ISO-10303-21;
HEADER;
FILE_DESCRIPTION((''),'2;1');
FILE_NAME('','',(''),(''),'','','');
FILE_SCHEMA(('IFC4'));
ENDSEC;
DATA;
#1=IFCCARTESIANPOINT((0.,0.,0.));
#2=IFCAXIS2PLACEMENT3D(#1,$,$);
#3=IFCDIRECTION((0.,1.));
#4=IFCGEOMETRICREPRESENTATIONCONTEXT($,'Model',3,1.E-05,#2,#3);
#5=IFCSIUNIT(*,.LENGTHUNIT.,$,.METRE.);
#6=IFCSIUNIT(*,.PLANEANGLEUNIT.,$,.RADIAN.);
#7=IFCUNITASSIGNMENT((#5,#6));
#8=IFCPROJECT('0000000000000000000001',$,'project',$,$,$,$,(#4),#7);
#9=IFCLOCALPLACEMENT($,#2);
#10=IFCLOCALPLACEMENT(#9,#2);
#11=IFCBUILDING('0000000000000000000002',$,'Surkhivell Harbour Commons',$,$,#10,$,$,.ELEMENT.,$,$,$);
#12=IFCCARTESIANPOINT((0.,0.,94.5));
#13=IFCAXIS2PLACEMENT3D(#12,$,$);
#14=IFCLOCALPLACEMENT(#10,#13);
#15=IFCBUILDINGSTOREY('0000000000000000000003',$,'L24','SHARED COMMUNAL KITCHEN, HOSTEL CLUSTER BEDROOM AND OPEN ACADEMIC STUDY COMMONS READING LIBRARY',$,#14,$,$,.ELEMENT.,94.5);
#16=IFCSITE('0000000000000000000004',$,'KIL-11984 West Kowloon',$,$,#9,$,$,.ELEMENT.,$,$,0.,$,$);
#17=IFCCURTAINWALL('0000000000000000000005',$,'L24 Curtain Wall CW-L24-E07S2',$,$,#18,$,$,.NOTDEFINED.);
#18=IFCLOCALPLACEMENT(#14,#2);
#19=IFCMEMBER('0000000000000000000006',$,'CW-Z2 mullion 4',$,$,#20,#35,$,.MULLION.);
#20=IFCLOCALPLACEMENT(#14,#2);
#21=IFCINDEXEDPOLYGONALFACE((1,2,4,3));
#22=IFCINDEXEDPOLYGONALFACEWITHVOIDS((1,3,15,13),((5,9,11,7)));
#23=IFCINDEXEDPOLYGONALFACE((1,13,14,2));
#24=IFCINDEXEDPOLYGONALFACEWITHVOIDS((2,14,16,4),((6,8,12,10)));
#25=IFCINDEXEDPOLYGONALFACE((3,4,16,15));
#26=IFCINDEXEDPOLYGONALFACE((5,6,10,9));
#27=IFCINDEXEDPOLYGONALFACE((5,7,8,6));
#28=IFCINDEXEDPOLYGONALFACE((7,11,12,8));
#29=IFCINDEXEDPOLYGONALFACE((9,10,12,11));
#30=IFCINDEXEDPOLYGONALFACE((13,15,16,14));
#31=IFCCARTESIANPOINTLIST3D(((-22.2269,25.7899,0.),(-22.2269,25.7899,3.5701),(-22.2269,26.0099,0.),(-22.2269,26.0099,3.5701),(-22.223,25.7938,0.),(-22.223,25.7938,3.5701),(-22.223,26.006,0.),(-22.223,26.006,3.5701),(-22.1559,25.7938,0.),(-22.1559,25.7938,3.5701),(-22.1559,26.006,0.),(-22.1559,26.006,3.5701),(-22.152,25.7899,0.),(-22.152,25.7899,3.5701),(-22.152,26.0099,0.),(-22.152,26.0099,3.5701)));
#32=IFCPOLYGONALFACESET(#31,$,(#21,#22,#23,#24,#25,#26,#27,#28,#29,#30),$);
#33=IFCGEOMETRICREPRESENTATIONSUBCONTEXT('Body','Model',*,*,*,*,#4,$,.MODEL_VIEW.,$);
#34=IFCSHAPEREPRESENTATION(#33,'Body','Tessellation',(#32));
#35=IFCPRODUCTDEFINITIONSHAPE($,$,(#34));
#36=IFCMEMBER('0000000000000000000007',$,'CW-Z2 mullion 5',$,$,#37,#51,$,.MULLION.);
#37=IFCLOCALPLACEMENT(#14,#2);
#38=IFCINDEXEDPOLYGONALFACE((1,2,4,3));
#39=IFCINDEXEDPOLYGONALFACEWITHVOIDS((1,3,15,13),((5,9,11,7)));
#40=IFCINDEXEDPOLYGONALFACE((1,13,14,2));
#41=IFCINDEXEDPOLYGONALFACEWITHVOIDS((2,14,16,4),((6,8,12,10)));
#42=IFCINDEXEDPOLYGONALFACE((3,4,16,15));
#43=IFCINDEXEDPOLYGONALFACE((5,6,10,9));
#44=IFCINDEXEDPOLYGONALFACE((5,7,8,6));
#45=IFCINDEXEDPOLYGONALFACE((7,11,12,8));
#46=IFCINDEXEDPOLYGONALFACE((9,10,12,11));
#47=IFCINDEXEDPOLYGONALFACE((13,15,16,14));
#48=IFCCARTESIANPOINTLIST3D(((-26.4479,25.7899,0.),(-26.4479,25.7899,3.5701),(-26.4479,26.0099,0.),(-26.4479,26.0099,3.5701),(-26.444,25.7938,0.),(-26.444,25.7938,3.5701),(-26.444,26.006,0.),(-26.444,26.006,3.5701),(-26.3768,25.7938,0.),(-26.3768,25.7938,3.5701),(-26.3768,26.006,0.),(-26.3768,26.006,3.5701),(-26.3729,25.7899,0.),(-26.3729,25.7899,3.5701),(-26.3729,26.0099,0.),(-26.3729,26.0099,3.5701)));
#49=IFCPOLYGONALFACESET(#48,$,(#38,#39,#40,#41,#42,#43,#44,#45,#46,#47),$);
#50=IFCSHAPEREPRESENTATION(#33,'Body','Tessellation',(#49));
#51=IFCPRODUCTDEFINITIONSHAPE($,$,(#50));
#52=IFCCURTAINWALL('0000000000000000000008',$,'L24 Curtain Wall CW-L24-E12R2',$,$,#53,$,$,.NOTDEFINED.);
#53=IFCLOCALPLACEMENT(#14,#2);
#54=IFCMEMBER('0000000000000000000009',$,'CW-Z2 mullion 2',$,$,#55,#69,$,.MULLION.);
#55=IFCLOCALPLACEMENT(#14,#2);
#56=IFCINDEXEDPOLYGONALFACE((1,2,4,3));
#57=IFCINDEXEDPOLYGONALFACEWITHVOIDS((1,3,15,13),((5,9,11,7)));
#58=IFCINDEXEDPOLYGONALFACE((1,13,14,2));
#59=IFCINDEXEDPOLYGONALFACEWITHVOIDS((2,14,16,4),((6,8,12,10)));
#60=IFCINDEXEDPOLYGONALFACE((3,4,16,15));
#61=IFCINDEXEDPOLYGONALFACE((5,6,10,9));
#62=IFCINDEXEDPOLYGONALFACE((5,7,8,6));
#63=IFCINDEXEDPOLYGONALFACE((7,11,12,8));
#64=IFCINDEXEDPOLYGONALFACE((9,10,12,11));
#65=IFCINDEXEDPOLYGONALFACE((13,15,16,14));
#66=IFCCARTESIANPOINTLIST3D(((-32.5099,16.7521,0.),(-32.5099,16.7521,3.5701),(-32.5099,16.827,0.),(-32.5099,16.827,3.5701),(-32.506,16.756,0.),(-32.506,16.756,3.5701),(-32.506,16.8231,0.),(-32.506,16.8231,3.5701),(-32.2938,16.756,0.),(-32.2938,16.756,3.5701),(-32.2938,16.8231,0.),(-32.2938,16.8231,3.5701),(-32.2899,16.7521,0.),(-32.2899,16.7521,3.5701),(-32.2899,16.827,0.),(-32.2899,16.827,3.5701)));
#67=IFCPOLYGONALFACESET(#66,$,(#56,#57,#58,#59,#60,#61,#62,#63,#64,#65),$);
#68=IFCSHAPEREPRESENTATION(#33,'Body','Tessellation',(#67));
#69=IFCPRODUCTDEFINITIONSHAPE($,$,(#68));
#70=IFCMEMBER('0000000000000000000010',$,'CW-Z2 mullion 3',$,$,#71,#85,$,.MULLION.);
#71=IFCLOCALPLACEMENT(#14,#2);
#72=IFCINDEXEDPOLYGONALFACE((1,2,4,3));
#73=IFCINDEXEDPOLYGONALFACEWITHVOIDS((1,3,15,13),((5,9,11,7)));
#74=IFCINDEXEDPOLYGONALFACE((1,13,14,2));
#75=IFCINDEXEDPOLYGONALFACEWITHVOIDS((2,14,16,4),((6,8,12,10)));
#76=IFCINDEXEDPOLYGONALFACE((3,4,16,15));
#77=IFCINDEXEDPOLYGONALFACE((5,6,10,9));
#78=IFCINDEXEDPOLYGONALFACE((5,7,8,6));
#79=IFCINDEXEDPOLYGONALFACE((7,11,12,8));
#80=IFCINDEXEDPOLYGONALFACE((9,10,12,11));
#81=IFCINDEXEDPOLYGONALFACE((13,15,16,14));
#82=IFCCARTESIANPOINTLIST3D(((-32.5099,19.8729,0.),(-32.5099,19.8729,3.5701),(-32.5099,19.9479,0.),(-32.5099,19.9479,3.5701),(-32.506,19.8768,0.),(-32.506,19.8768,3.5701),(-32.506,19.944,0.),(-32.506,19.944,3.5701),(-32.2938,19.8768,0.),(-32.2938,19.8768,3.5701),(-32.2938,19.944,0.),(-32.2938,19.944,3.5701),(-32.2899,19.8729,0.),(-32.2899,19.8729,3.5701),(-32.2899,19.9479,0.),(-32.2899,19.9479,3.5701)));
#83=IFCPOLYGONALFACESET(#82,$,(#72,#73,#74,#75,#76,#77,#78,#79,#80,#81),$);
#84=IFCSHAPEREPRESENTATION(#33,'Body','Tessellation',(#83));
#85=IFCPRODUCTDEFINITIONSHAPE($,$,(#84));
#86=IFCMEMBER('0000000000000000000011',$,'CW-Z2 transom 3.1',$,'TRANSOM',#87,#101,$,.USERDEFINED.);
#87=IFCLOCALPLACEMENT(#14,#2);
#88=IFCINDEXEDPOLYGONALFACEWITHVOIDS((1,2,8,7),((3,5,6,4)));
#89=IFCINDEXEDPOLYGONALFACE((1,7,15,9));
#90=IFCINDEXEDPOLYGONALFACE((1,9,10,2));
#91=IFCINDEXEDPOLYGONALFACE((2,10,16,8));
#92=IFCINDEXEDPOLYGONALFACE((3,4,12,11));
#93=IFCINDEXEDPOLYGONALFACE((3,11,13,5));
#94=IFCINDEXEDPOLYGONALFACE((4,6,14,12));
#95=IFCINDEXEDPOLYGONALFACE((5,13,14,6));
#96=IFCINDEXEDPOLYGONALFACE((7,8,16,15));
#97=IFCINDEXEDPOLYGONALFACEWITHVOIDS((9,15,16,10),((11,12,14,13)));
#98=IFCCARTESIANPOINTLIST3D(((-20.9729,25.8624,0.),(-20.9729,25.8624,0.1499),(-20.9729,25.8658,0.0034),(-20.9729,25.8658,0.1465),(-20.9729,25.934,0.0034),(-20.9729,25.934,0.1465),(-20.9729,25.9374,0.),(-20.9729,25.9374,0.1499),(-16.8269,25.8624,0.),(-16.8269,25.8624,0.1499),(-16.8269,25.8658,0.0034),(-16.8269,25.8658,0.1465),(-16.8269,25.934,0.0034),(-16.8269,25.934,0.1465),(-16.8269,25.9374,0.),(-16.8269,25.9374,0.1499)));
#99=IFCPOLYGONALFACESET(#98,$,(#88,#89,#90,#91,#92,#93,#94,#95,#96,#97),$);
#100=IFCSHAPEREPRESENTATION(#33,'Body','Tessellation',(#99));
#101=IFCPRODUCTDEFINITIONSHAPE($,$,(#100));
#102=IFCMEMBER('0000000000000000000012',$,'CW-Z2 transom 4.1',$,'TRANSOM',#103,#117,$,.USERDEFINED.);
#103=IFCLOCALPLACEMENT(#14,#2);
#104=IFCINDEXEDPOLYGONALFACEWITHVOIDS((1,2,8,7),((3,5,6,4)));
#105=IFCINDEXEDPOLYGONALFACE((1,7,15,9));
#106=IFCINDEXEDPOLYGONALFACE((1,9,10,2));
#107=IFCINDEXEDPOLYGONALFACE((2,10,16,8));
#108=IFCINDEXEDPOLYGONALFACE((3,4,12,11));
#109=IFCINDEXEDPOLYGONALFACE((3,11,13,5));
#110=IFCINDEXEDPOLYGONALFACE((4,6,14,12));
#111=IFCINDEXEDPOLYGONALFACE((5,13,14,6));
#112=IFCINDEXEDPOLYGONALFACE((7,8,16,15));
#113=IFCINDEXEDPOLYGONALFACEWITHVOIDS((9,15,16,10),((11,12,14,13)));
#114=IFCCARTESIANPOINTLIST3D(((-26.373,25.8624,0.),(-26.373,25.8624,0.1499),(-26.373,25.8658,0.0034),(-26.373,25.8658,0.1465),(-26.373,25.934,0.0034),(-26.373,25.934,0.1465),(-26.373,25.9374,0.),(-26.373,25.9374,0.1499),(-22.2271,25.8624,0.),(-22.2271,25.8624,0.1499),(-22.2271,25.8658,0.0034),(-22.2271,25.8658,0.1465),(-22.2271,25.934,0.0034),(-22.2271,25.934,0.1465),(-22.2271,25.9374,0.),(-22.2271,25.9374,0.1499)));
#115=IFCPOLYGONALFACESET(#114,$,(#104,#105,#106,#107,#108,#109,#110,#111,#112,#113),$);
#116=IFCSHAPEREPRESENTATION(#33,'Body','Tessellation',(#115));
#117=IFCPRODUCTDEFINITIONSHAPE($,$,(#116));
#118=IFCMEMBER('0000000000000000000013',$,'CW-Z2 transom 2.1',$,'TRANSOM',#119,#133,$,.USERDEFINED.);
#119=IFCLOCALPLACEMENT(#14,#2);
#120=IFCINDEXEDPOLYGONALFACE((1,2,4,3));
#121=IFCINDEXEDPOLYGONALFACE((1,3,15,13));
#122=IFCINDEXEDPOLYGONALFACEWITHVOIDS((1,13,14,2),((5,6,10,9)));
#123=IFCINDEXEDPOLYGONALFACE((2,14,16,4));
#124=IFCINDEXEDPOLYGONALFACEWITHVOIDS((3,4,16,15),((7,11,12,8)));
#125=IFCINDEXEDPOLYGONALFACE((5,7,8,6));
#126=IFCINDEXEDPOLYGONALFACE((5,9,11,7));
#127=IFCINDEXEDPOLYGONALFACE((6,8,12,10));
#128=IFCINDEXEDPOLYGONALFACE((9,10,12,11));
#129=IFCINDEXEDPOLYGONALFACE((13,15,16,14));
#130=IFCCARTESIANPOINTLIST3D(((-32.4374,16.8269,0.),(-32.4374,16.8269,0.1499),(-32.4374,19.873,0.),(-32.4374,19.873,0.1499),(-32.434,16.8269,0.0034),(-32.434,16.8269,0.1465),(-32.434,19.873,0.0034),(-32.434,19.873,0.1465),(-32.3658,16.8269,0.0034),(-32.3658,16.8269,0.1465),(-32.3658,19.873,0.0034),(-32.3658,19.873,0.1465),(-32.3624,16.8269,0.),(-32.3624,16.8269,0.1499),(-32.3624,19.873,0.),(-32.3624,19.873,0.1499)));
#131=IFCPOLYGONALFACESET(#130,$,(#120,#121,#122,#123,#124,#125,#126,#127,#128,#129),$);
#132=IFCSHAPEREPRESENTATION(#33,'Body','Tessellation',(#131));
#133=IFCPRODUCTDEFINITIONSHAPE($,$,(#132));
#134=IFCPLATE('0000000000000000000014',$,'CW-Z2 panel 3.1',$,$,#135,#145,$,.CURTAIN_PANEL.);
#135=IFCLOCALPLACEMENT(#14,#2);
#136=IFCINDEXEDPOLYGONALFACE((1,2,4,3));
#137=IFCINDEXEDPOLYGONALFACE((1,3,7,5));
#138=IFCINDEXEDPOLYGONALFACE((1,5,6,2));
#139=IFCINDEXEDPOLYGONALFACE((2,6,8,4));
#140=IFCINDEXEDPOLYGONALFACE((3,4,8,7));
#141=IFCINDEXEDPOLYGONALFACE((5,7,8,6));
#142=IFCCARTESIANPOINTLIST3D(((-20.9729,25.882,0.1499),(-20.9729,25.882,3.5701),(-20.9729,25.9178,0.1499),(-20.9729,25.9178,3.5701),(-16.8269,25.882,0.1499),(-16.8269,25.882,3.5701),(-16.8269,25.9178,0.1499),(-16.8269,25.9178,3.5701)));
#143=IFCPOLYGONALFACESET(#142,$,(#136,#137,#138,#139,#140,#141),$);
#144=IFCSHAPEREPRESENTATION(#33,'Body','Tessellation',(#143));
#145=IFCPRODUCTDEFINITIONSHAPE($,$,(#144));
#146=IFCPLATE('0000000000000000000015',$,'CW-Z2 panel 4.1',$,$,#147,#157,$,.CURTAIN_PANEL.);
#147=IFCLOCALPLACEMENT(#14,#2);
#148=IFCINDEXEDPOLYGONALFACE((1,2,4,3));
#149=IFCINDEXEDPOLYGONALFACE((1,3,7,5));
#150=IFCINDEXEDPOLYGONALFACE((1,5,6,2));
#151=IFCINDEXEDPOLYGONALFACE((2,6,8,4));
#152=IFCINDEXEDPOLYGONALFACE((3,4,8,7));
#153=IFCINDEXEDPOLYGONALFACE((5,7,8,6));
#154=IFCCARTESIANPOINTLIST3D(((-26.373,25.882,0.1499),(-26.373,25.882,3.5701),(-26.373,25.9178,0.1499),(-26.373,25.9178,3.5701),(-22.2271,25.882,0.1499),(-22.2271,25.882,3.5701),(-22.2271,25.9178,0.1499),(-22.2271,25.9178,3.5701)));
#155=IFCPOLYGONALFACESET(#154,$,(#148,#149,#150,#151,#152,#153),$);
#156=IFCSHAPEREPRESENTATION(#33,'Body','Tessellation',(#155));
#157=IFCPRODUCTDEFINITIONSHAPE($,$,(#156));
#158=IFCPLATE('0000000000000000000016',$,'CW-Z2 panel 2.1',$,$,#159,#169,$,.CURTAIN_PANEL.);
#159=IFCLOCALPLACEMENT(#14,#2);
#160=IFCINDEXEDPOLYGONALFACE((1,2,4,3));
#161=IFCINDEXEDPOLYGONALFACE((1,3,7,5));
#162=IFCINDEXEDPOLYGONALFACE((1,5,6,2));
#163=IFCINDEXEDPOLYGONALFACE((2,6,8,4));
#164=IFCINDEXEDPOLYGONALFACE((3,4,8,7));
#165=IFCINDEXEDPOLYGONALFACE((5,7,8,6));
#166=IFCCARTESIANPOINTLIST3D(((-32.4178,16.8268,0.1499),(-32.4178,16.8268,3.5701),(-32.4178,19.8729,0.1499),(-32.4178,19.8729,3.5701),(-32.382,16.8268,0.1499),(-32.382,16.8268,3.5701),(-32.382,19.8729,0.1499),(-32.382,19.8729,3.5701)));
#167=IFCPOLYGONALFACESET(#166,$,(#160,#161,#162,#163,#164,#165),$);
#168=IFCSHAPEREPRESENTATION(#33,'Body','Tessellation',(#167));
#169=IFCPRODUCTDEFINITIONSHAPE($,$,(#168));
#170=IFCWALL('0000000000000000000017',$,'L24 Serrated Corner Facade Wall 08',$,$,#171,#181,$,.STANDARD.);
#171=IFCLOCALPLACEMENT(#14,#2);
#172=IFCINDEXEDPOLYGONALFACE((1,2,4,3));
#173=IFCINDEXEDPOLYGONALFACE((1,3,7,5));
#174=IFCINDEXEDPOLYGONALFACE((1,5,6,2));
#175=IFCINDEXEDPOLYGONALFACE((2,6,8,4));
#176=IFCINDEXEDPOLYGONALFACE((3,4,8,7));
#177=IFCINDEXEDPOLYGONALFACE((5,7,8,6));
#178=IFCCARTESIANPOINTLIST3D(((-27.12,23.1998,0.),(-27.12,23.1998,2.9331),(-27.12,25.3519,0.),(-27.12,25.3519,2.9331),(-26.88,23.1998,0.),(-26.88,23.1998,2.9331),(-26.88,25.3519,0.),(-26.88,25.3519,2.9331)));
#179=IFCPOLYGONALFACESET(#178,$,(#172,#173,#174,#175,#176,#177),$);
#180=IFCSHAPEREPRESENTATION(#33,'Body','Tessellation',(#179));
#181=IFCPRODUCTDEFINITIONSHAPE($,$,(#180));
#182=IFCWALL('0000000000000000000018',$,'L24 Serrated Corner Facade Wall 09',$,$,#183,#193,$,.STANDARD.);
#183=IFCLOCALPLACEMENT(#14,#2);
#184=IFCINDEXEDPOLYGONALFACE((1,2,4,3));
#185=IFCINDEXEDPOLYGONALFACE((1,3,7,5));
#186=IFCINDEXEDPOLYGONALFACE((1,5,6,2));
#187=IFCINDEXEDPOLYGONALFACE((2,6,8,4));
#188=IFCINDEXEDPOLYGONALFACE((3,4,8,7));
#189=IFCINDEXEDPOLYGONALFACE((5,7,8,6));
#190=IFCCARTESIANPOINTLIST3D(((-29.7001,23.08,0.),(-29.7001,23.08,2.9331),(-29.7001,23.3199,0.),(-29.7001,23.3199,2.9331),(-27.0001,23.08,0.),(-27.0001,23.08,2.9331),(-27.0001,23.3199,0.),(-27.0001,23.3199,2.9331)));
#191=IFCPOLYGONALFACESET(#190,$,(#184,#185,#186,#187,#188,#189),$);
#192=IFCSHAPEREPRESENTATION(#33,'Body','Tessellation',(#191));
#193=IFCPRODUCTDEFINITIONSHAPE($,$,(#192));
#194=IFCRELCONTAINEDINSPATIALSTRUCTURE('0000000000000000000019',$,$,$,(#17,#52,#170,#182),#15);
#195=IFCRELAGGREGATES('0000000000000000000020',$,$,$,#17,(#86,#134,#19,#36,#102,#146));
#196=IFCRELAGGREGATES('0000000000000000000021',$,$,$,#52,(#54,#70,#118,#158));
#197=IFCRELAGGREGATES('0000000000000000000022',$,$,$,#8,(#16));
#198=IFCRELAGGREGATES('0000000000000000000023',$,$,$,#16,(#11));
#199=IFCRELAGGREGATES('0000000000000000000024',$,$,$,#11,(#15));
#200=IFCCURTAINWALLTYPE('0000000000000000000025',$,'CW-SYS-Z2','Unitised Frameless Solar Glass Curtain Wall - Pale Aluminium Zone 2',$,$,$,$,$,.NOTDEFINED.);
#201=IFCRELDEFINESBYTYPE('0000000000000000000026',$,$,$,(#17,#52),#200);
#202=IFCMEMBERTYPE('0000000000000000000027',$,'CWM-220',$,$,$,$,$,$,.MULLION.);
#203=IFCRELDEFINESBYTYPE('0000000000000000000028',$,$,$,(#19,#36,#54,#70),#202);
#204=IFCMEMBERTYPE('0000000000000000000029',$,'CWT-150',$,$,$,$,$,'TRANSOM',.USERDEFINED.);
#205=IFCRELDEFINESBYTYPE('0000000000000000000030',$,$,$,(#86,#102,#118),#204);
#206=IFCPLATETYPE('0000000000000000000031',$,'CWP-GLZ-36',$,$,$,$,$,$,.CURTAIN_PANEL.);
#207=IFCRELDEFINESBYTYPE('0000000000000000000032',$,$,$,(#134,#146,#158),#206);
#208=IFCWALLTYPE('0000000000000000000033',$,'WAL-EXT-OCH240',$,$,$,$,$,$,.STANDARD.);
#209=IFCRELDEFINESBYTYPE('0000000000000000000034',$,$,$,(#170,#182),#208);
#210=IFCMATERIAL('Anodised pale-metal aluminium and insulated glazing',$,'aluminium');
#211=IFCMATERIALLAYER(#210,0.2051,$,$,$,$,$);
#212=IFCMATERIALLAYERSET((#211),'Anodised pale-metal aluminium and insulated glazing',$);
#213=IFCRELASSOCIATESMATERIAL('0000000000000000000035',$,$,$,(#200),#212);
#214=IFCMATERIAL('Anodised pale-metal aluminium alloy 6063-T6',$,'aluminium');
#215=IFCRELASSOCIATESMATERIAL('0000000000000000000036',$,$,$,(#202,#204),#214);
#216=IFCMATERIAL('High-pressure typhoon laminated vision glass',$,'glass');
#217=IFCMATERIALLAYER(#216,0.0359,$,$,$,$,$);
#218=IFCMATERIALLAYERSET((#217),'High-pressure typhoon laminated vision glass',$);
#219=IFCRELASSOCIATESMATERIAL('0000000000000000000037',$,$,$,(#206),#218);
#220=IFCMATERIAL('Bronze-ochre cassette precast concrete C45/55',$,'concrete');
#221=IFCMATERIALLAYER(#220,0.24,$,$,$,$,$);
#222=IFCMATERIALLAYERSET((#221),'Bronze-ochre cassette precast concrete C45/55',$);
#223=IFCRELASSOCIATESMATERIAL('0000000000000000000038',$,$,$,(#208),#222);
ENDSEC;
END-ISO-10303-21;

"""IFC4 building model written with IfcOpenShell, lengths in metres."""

from ifc_helpers import new_model, si_unit, direction, frame, frame_2d, origin, origin_2d, place, context, subcontext, project, spatial, rectangle, hollow_rectangle, extrude, material, layer, layer_set, material_profile, profile_set, type_object, element, aggregate, save


model = new_model("IFC4")

# Units and contexts
model_context = context("Model", 3, precision=1e-05, world=origin(), true_north=direction((0.0, 1.0)))
body_context = subcontext(model_context, "Body", "Model", "MODEL_VIEW")
ifc_project = project(units=[si_unit("LENGTHUNIT", "METRE"), si_unit("PLANEANGLEUNIT", "RADIAN")], contexts=[model_context])

# Site, building, storey
site_placement = place(None, origin())
site = spatial("IfcSite", under=ifc_project, at=site_placement, Name="KIL-11984 West Kowloon", CompositionType="ELEMENT", RefElevation=0.0)
building_placement = place(site_placement, origin())
building = spatial("IfcBuilding", under=site, at=building_placement, Name="Surkhivell Harbour Commons", CompositionType="ELEMENT")
storey_placement = place(building_placement, frame((0.0, 0.0, 94.5)))
storey = spatial("IfcBuildingStorey", under=building, at=storey_placement, Name="L24", Description="SHARED COMMUNAL KITCHEN, HOSTEL CLUSTER BEDROOM AND OPEN ACADEMIC STUDY COMMONS READING LIBRARY", CompositionType="ELEMENT", Elevation=94.5)

# Curtain walls, members
ifc_material_1 = material(Name="Anodised pale-metal aluminium and insulated glazing", Category="aluminium")
ifc_layer_1 = layer(ifc_material_1, 0.2051)
ifc_layer_set_1 = layer_set([ifc_layer_1], Name="Anodised pale-metal aluminium and insulated glazing")
curtain_wall_type = type_object("IfcCurtainWallType", Name="CW-SYS-Z2", Description="Unitised Frameless Solar Glass Curtain Wall - Pale Aluminium Zone 2", PredefinedType="NOTDEFINED", material=ifc_layer_set_1)
curtain_wall_1_placement = place(storey_placement, origin())
curtain_wall_1 = element("IfcCurtainWall", 1, at=curtain_wall_1_placement, inside=storey, type_object=curtain_wall_type, Name="L24 Curtain Wall CW-L24-E07S2", PredefinedType="NOTDEFINED")
ifc_material_2 = material(Name="Anodised pale-metal aluminium alloy 6063-T6", Category="aluminium")
ifc_material_profile_1 = material_profile(ifc_material_2, hollow_rectangle(XDim=0.075, YDim=0.22, WallThickness=0.0039, at=origin_2d()), Name="ALU-MULL-75x220")
ifc_profile_set_1 = profile_set([ifc_material_profile_1], Name="Anodised pale-metal aluminium alloy 6063-T6")
member_type_1 = type_object("IfcMemberType", Name="CWM-220", PredefinedType="MULLION", material=ifc_profile_set_1)
member_1_placement = place(storey_placement, frame((-22.1895, 25.8999, 0.0), z_axis=(0.0, 0.0, 1.0), x_axis=(-1.0, 0.0, 0.0)))
member_1 = element("IfcMember", 2, at=member_1_placement, type_object=member_type_1, Name="CW-Z2 mullion 4", PredefinedType="MULLION", context=body_context, shape_type="SweptSolid", body=[
    extrude(hollow_rectangle(XDim=0.075, YDim=0.22, WallThickness=0.0039, at=origin_2d()), origin(), (0.0, 0.0, 1.0), 3.5701),
])
member_2_placement = place(storey_placement, frame((-26.4104, 25.8999, 0.0), z_axis=(0.0, 0.0, 1.0), x_axis=(-1.0, 0.0, 0.0)))
member_2 = element("IfcMember", 3, at=member_2_placement, type_object=member_type_1, Name="CW-Z2 mullion 5", PredefinedType="MULLION", context=body_context, shape_type="SweptSolid", body=[
    extrude(hollow_rectangle(XDim=0.075, YDim=0.22, WallThickness=0.0039, at=origin_2d()), origin(), (0.0, 0.0, 1.0), 3.5701),
])
curtain_wall_2_placement = place(storey_placement, origin())
curtain_wall_2 = element("IfcCurtainWall", 4, at=curtain_wall_2_placement, inside=storey, type_object=curtain_wall_type, Name="L24 Curtain Wall CW-L24-E12R2", PredefinedType="NOTDEFINED")
member_3_placement = place(storey_placement, frame((-32.3999, 16.7896, 0.0), z_axis=(0.0, 0.0, 1.0), x_axis=(0.0, 1.0, 0.0)))
member_3 = element("IfcMember", 5, at=member_3_placement, type_object=member_type_1, Name="CW-Z2 mullion 2", PredefinedType="MULLION", context=body_context, shape_type="SweptSolid", body=[
    extrude(hollow_rectangle(XDim=0.075, YDim=0.22, WallThickness=0.0039, at=origin_2d()), origin(), (0.0, 0.0, 1.0), 3.5701),
])
member_4_placement = place(storey_placement, frame((-32.3999, 19.9104, 0.0), z_axis=(0.0, 0.0, 1.0), x_axis=(0.0, 1.0, 0.0)))
member_4 = element("IfcMember", 6, at=member_4_placement, type_object=member_type_1, Name="CW-Z2 mullion 3", PredefinedType="MULLION", context=body_context, shape_type="SweptSolid", body=[
    extrude(hollow_rectangle(XDim=0.075, YDim=0.22, WallThickness=0.0039, at=origin_2d()), origin(), (0.0, 0.0, 1.0), 3.5701),
])

# Members
ifc_material_profile_2 = material_profile(ifc_material_2, hollow_rectangle(XDim=0.075, YDim=0.1499, WallThickness=0.0034, at=origin_2d()), Name="ALU-TRAN-75x150")
ifc_profile_set_2 = profile_set([ifc_material_profile_2], Name="Anodised pale-metal aluminium alloy 6063-T6")
member_type_2 = type_object("IfcMemberType", Name="CWT-150", ElementType="TRANSOM", PredefinedType="USERDEFINED", material=ifc_profile_set_2)
member_5_placement = place(storey_placement, frame((-16.8269, 25.8999, 0.075), z_axis=(-1.0, 0.0, 0.0), x_axis=(0.0, -1.0, 0.0)))
member_5 = element("IfcMember", 7, at=member_5_placement, type_object=member_type_2, Name="CW-Z2 transom 3.1", ObjectType="TRANSOM", PredefinedType="USERDEFINED", context=body_context, shape_type="SweptSolid", body=[
    extrude(hollow_rectangle(XDim=0.075, YDim=0.1499, WallThickness=0.0034, at=origin_2d()), origin(), (0.0, 0.0, 1.0), 4.146),
])
member_6_placement = place(storey_placement, frame((-22.2271, 25.8999, 0.075), z_axis=(-1.0, 0.0, 0.0), x_axis=(0.0, -1.0, 0.0)))
member_6 = element("IfcMember", 8, at=member_6_placement, type_object=member_type_2, Name="CW-Z2 transom 4.1", ObjectType="TRANSOM", PredefinedType="USERDEFINED", context=body_context, shape_type="SweptSolid", body=[
    extrude(hollow_rectangle(XDim=0.075, YDim=0.1499, WallThickness=0.0034, at=origin_2d()), origin(), (0.0, 0.0, 1.0), 4.146),
])
member_7_placement = place(storey_placement, frame((-32.3999, 16.8269, 0.075), z_axis=(0.0, 1.0, 0.0), x_axis=(-1.0, 0.0, 0.0)))
member_7 = element("IfcMember", 9, at=member_7_placement, type_object=member_type_2, Name="CW-Z2 transom 2.1", ObjectType="TRANSOM", PredefinedType="USERDEFINED", context=body_context, shape_type="SweptSolid", body=[
    extrude(hollow_rectangle(XDim=0.075, YDim=0.1499, WallThickness=0.0034, at=origin_2d()), origin(), (0.0, 0.0, 1.0), 3.0461),
])

# Plates
ifc_material_3 = material(Name="High-pressure typhoon laminated vision glass", Category="glass")
ifc_layer_2 = layer(ifc_material_3, 0.0359)
ifc_layer_set_2 = layer_set([ifc_layer_2], Name="High-pressure typhoon laminated vision glass")
plate_type = type_object("IfcPlateType", Name="CWP-GLZ-36", PredefinedType="CURTAIN_PANEL", material=ifc_layer_set_2)
plate_1_placement = place(storey_placement, frame((-16.8269, 25.8999, 0.1499), z_axis=(0.0, 0.0, 1.0), x_axis=(-1.0, 0.0, 0.0)))
plate_1 = element("IfcPlate", 10, at=plate_1_placement, type_object=plate_type, Name="CW-Z2 panel 3.1", PredefinedType="CURTAIN_PANEL", context=body_context, shape_type="SweptSolid", body=[
    extrude(rectangle(XDim=4.146, YDim=0.0359, at=frame_2d((2.073, 0.0))), origin(), (0.0, 0.0, 1.0), 3.4202),
])
plate_2_placement = place(storey_placement, frame((-22.2271, 25.8999, 0.1499), z_axis=(0.0, 0.0, 1.0), x_axis=(-1.0, 0.0, 0.0)))
plate_2 = element("IfcPlate", 11, at=plate_2_placement, type_object=plate_type, Name="CW-Z2 panel 4.1", PredefinedType="CURTAIN_PANEL", context=body_context, shape_type="SweptSolid", body=[
    extrude(rectangle(XDim=4.146, YDim=0.0359, at=frame_2d((2.073, 0.0))), origin(), (0.0, 0.0, 1.0), 3.4202),
])
aggregate(curtain_wall_1, [member_5, plate_1, member_1, member_2, member_6, plate_2])
plate_3_placement = place(storey_placement, frame((-32.3999, 16.8269, 0.1499), z_axis=(0.0, 0.0, 1.0), x_axis=(0.0, 1.0, 0.0)))
plate_3 = element("IfcPlate", 12, at=plate_3_placement, type_object=plate_type, Name="CW-Z2 panel 2.1", PredefinedType="CURTAIN_PANEL", context=body_context, shape_type="SweptSolid", body=[
    extrude(rectangle(XDim=3.0461, YDim=0.0359, at=frame_2d((1.5229, 0.0))), origin(), (0.0, 0.0, 1.0), 3.4202),
])
aggregate(curtain_wall_2, [member_3, member_4, member_7, plate_3])

# Walls
ifc_material_4 = material(Name="Bronze-ochre cassette precast concrete C45/55", Category="concrete")
ifc_layer_3 = layer(ifc_material_4, 0.24)
ifc_layer_set_3 = layer_set([ifc_layer_3], Name="Bronze-ochre cassette precast concrete C45/55")
wall_type = type_object("IfcWallType", Name="WAL-EXT-OCH240", PredefinedType="STANDARD", material=ifc_layer_set_3)
wall_1_placement = place(storey_placement, frame((-27.0, 25.3521, 0.0), z_axis=(0.0, 0.0, 1.0), x_axis=(0.0, -1.0, 0.0)))
element("IfcWall", 13, at=wall_1_placement, inside=storey, type_object=wall_type, Name="L24 Serrated Corner Facade Wall 08", PredefinedType="STANDARD", context=body_context, shape_type="SweptSolid", body=[
    extrude(rectangle(XDim=2.1521, YDim=0.24, at=frame_2d((1.0762, 0.0))), origin(), (0.0, 0.0, 1.0), 2.9331),
])
wall_2_placement = place(storey_placement, frame((-27.0, 23.2, 0.0), z_axis=(0.0, 0.0, 1.0), x_axis=(-1.0, 0.0, 0.0)))
element("IfcWall", 14, at=wall_2_placement, inside=storey, type_object=wall_type, Name="L24 Serrated Corner Facade Wall 09", PredefinedType="STANDARD", context=body_context, shape_type="SweptSolid", body=[
    extrude(rectangle(XDim=2.7, YDim=0.24, at=frame_2d((1.3501, 0.0))), origin(), (0.0, 0.0, 1.0), 2.9331),
])

save(model, "model.ifc")
